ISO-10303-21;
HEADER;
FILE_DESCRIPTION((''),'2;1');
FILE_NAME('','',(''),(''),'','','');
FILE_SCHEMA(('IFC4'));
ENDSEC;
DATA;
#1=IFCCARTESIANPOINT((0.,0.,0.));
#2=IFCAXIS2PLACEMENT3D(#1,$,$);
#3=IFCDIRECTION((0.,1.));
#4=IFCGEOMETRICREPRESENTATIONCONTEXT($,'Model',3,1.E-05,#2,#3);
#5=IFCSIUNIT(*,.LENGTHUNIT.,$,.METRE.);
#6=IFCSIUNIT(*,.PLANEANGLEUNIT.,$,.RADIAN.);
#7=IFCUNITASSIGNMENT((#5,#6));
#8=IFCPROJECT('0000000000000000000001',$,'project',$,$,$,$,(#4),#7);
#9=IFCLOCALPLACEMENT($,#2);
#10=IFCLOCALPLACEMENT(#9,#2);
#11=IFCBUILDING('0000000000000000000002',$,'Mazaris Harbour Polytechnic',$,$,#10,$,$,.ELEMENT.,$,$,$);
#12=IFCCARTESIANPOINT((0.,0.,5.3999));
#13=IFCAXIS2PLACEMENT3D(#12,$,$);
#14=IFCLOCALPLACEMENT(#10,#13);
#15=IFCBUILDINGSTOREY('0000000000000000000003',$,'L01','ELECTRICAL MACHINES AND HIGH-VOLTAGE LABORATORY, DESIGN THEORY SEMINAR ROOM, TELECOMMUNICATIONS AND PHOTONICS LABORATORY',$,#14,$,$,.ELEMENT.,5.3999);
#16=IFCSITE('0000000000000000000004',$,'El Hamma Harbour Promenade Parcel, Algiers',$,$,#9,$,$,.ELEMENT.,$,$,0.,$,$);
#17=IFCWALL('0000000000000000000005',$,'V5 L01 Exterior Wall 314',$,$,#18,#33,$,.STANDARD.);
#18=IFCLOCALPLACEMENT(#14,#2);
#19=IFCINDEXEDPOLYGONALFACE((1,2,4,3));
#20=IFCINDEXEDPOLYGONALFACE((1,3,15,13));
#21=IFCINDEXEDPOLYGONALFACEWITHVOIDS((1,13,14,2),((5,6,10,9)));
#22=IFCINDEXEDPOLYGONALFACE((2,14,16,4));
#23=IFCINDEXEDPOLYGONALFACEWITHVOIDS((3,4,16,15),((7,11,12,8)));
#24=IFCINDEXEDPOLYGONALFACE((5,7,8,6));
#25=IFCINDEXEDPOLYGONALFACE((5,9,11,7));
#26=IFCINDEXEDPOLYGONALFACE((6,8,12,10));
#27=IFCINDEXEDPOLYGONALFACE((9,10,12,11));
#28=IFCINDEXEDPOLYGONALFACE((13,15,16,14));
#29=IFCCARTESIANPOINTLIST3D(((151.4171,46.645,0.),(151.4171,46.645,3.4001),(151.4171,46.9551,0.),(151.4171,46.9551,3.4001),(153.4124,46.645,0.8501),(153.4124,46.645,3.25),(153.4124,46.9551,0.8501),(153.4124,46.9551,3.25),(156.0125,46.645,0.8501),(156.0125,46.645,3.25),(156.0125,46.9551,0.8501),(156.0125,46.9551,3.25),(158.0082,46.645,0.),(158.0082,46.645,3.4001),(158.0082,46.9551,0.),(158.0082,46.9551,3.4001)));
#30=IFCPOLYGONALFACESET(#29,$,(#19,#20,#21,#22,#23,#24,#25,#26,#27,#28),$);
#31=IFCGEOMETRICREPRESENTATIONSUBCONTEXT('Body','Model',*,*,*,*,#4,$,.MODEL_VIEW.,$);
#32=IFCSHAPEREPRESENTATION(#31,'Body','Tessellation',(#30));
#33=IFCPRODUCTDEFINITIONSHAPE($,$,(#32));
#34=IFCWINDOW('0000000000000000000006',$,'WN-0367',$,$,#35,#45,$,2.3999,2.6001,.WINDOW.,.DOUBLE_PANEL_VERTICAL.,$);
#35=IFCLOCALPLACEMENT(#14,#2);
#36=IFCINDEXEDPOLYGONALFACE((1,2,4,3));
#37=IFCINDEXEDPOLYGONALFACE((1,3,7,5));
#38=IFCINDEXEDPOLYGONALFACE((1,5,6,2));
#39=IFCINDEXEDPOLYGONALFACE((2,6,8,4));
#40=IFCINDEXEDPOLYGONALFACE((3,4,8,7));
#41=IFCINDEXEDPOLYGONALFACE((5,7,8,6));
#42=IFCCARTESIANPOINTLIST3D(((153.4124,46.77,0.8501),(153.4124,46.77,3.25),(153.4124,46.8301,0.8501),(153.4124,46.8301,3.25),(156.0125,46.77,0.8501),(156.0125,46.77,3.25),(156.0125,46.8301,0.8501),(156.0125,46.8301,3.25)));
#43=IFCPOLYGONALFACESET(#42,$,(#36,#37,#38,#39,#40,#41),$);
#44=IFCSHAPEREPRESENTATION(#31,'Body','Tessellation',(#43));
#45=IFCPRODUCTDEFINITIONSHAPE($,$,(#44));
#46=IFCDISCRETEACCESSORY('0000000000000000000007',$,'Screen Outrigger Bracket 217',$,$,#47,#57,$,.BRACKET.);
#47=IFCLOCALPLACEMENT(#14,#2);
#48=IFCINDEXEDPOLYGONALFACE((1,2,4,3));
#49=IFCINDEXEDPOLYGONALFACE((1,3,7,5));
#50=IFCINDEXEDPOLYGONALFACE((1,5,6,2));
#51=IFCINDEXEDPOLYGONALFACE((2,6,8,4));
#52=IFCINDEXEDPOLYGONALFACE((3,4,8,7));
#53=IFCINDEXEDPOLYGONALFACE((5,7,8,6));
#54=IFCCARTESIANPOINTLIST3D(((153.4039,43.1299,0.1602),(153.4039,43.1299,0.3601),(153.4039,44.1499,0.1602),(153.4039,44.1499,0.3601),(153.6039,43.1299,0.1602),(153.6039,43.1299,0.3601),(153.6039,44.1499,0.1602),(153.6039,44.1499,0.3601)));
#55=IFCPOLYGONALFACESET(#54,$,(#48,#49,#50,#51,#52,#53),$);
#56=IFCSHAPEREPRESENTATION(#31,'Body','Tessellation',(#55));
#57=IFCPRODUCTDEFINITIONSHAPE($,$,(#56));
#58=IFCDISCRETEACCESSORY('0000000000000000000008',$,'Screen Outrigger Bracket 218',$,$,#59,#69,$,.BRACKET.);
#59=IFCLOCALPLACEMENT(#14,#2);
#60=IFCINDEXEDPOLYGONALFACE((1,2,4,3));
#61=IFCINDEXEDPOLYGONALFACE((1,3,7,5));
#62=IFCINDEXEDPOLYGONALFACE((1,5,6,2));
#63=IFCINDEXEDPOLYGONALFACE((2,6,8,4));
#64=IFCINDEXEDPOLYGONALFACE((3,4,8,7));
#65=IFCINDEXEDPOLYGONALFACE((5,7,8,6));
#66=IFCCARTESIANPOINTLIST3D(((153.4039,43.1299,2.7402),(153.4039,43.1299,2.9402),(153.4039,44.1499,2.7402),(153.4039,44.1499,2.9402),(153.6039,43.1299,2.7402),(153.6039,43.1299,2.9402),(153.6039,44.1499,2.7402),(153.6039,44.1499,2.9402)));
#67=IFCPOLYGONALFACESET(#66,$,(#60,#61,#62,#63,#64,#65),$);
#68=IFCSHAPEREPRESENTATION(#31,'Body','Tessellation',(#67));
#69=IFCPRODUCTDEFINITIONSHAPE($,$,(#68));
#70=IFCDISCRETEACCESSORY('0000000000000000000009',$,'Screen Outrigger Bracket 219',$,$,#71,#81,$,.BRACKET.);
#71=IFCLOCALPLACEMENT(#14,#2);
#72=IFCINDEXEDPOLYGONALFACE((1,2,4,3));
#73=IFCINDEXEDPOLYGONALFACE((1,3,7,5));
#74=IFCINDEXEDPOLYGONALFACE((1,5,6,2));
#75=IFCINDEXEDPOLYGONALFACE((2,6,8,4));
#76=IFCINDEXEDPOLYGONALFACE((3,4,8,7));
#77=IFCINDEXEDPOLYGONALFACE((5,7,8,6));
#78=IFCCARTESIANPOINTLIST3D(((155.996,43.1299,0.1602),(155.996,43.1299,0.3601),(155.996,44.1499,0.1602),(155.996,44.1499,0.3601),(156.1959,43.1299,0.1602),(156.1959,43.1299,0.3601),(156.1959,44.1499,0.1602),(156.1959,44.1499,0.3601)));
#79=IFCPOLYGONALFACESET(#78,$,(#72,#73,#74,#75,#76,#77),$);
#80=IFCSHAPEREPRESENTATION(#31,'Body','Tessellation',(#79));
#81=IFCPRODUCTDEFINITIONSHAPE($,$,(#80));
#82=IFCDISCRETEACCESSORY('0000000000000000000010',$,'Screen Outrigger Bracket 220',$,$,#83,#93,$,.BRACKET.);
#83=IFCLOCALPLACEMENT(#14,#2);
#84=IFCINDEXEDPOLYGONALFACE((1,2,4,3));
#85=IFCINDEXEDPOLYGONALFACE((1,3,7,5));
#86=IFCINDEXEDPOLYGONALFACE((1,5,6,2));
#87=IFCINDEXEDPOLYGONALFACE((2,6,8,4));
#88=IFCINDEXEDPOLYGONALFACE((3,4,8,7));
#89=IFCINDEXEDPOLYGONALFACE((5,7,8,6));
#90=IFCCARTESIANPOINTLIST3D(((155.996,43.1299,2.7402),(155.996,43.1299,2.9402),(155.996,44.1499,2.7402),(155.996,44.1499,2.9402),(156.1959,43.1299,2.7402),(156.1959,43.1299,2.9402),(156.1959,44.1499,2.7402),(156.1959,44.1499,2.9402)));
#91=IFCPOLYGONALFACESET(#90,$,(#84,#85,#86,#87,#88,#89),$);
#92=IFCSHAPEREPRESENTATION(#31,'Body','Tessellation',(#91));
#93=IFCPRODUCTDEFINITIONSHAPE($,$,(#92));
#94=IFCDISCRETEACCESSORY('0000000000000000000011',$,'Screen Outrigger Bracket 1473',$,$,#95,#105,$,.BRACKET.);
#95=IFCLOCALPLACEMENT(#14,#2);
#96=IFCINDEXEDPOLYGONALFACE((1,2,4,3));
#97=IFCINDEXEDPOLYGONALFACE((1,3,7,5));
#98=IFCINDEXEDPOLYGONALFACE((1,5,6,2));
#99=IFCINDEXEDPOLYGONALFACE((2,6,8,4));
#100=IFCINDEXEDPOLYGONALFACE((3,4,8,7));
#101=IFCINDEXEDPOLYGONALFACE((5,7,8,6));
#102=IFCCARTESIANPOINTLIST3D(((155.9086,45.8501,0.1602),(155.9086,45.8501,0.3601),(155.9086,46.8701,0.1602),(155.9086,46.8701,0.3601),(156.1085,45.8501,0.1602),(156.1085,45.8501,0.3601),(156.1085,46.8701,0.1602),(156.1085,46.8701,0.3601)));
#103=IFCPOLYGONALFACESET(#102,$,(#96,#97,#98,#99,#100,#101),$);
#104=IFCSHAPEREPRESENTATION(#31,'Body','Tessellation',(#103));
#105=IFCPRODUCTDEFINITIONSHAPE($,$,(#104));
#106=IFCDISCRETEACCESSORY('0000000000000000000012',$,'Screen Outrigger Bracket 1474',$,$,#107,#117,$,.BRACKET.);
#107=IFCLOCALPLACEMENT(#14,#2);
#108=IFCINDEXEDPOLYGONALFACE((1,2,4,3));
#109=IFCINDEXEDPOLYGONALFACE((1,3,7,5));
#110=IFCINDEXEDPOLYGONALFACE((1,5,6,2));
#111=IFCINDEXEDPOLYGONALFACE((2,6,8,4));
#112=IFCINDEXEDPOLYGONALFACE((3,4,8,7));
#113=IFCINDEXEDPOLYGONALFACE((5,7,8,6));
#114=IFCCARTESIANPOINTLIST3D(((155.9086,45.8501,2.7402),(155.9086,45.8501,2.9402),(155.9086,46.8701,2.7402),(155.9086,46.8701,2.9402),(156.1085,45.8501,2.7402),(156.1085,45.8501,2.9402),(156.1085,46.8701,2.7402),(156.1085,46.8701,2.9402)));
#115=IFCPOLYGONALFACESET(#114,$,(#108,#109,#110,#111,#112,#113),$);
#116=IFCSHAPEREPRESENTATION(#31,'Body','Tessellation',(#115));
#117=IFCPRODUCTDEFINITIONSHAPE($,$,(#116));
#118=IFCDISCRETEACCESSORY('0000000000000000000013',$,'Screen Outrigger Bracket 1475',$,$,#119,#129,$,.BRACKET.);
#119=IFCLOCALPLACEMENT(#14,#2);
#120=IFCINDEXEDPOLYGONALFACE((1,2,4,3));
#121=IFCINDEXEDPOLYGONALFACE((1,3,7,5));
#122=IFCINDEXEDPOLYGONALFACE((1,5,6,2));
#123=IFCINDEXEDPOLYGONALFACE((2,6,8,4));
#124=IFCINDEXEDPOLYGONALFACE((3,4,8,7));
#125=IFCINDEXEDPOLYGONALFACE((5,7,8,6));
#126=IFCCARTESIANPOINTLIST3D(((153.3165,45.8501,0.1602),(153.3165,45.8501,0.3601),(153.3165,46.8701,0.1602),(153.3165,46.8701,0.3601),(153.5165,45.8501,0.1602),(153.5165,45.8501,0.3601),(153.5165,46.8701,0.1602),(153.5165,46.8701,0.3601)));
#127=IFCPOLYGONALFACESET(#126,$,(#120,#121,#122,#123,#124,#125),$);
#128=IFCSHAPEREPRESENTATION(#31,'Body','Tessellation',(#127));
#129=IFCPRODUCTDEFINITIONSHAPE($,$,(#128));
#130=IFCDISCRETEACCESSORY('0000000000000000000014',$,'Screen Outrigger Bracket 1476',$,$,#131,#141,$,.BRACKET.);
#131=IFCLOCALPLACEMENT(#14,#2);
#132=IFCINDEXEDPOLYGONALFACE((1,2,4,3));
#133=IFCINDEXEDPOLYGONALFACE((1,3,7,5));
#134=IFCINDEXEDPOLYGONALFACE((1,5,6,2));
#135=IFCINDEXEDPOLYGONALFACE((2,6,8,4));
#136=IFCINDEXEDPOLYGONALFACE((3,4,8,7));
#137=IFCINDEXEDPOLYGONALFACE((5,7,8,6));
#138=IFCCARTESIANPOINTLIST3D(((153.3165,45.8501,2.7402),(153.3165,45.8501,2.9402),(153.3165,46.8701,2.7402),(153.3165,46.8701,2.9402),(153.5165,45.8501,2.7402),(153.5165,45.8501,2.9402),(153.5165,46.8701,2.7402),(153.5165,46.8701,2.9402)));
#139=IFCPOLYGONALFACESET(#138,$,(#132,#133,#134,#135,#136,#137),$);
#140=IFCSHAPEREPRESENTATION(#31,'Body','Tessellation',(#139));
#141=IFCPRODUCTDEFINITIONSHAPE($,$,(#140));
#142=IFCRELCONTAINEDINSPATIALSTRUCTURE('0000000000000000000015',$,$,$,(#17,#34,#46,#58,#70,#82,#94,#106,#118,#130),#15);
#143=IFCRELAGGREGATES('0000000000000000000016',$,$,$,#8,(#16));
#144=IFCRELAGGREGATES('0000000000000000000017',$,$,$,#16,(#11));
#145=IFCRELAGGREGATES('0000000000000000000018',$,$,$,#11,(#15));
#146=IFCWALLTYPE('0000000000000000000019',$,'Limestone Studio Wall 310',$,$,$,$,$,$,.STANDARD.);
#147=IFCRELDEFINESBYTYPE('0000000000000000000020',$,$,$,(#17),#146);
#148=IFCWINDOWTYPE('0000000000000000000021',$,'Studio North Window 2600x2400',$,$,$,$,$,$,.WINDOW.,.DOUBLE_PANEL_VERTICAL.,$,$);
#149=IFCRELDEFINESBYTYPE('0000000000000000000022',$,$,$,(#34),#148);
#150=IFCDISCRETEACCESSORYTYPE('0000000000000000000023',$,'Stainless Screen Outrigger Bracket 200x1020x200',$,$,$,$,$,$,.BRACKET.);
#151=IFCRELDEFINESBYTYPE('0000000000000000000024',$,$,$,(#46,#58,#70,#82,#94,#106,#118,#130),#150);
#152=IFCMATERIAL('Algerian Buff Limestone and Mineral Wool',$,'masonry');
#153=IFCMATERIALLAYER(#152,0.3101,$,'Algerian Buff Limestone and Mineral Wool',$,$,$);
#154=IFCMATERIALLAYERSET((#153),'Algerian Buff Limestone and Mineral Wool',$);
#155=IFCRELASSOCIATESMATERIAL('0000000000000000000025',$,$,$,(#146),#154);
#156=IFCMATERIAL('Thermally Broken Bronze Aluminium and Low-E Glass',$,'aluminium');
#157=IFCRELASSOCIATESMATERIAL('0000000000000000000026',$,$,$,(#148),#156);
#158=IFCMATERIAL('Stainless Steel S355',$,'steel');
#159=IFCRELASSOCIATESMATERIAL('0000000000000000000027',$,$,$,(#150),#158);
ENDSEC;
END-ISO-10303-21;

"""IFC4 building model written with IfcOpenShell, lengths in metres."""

from ifc_helpers import new_model, si_unit, direction, frame, frame_2d, origin, origin_2d, place, context, subcontext, project, spatial, rectangle, extrude, material, layer, layer_set, type_object, element, fill, save


model = new_model("IFC4")

# Units and contexts
model_context = context("Model", 3, precision=1e-05, world=origin(), true_north=direction((0.0, 1.0)))
body_context = subcontext(model_context, "Body", "Model", "MODEL_VIEW")
ifc_project = project(units=[si_unit("LENGTHUNIT", "METRE"), si_unit("PLANEANGLEUNIT", "RADIAN")], contexts=[model_context])

# Site, building, storey
site_placement = place(None, origin())
site = spatial("IfcSite", under=ifc_project, at=site_placement, Name="El Hamma Harbour Promenade Parcel, Algiers", CompositionType="ELEMENT", RefElevation=0.0)
building_placement = place(site_placement, origin())
building = spatial("IfcBuilding", under=site, at=building_placement, Name="Mazaris Harbour Polytechnic", CompositionType="ELEMENT")
storey_placement = place(building_placement, frame((0.0, 0.0, 5.3999)))
storey = spatial("IfcBuildingStorey", under=building, at=storey_placement, Name="L01", Description="ELECTRICAL MACHINES AND HIGH-VOLTAGE LABORATORY, DESIGN THEORY SEMINAR ROOM, TELECOMMUNICATIONS AND PHOTONICS LABORATORY", CompositionType="ELEMENT", Elevation=5.3999)

# Wall, opening, window
ifc_material_1 = material(Name="Algerian Buff Limestone and Mineral Wool", Category="masonry")
ifc_layer = layer(ifc_material_1, 0.3101, Name="Algerian Buff Limestone and Mineral Wool")
ifc_layer_set = layer_set([ifc_layer], Name="Algerian Buff Limestone and Mineral Wool")
wall_type = type_object("IfcWallType", Name="Limestone Studio Wall 310", PredefinedType="STANDARD", material=ifc_layer_set)
wall_placement = place(storey_placement, frame((158.0081, 46.8, 0.0), z_axis=(0.0, 0.0, 1.0), x_axis=(-1.0, 0.0, 0.0)))
wall = element("IfcWall", 1, at=wall_placement, inside=storey, type_object=wall_type, Name="V5 L01 Exterior Wall 314", PredefinedType="STANDARD", context=body_context, shape_type="SweptSolid", body=[
    extrude(rectangle(XDim=6.5911, YDim=0.3101, at=frame_2d((3.2954, 0.0))), origin(), (0.0, 0.0, 1.0), 3.4001),
])
opening_placement = place(wall_placement, frame((1.9956, 0.0, 0.8501)))
opening = element("IfcOpeningElement", 2, at=opening_placement, cuts=wall, PredefinedType="OPENING", context=body_context, shape_type="SweptSolid", body=[
    extrude(rectangle(XDim=2.6001, YDim=2.3999, at=frame_2d((1.3, 1.2))), frame((0.0, 0.165, 0.0), z_axis=(0.0, -1.0, 0.0), x_axis=(1.0, 0.0, 0.0)), (0.0, 0.0, 1.0), 0.3301),
])
ifc_material_2 = material(Name="Thermally Broken Bronze Aluminium and Low-E Glass", Category="aluminium")
window_type = type_object("IfcWindowType", Name="Studio North Window 2600x2400", PartitioningType="DOUBLE_PANEL_VERTICAL", PredefinedType="WINDOW", material=ifc_material_2)
window_placement = place(opening_placement, origin())
window = element("IfcWindow", 3, at=window_placement, inside=storey, type_object=window_type, Name="WN-0367", OverallHeight=2.3999, OverallWidth=2.6001, PartitioningType="DOUBLE_PANEL_VERTICAL", PredefinedType="WINDOW", context=body_context, shape_type="SweptSolid", body=[
    extrude(rectangle(XDim=2.6001, YDim=2.3999, at=frame_2d((1.3, 1.2))), frame((0.0, 0.03, 0.0), z_axis=(0.0, -1.0, 0.0), x_axis=(1.0, 0.0, 0.0)), (0.0, 0.0, 1.0), 0.0601),
])
fill(opening, window)

# Discrete accessories
ifc_material_3 = material(Name="Stainless Steel S355", Category="steel")
discrete_accessory_type = type_object("IfcDiscreteAccessoryType", Name="Stainless Screen Outrigger Bracket 200x1020x200", PredefinedType="BRACKET", material=ifc_material_3)
for number, where, z_axis, x_axis, name in (
    (4, (153.5039, 43.6399, 0.1602), (0.0, 0.0, 1.0), (1.0, 0.0, 0.0), "Screen Outrigger Bracket 217"),
    (5, (153.5039, 43.6399, 2.7402), (0.0, 0.0, 1.0), (1.0, 0.0, 0.0), "Screen Outrigger Bracket 218"),
    (6, (156.0959, 43.6399, 0.1602), (0.0, 0.0, 1.0), (1.0, 0.0, 0.0), "Screen Outrigger Bracket 219"),
    (7, (156.0959, 43.6399, 2.7402), (0.0, 0.0, 1.0), (1.0, 0.0, 0.0), "Screen Outrigger Bracket 220"),
    (8, (156.0085, 46.3601, 0.1602), (0.0, 0.0, 1.0), (-1.0, 0.0, 0.0), "Screen Outrigger Bracket 1473"),
    (9, (156.0085, 46.3601, 2.7402), (0.0, 0.0, 1.0), (-1.0, 0.0, 0.0), "Screen Outrigger Bracket 1474"),
    (10, (153.4165, 46.3601, 0.1602), (0.0, 0.0, 1.0), (-1.0, 0.0, 0.0), "Screen Outrigger Bracket 1475"),
    (11, (153.4165, 46.3601, 2.7402), (0.0, 0.0, 1.0), (-1.0, 0.0, 0.0), "Screen Outrigger Bracket 1476"),
):
    element("IfcDiscreteAccessory", number, at=place(storey_placement, frame(where, z_axis=z_axis, x_axis=x_axis)), inside=storey, type_object=discrete_accessory_type, Name=name, PredefinedType="BRACKET", context=body_context, shape_type="SweptSolid", body=[
        extrude(rectangle(XDim=0.2, YDim=1.02, at=origin_2d()), origin(), (0.0, 0.0, 1.0), 0.2),
    ])

save(model, "model.ifc")
